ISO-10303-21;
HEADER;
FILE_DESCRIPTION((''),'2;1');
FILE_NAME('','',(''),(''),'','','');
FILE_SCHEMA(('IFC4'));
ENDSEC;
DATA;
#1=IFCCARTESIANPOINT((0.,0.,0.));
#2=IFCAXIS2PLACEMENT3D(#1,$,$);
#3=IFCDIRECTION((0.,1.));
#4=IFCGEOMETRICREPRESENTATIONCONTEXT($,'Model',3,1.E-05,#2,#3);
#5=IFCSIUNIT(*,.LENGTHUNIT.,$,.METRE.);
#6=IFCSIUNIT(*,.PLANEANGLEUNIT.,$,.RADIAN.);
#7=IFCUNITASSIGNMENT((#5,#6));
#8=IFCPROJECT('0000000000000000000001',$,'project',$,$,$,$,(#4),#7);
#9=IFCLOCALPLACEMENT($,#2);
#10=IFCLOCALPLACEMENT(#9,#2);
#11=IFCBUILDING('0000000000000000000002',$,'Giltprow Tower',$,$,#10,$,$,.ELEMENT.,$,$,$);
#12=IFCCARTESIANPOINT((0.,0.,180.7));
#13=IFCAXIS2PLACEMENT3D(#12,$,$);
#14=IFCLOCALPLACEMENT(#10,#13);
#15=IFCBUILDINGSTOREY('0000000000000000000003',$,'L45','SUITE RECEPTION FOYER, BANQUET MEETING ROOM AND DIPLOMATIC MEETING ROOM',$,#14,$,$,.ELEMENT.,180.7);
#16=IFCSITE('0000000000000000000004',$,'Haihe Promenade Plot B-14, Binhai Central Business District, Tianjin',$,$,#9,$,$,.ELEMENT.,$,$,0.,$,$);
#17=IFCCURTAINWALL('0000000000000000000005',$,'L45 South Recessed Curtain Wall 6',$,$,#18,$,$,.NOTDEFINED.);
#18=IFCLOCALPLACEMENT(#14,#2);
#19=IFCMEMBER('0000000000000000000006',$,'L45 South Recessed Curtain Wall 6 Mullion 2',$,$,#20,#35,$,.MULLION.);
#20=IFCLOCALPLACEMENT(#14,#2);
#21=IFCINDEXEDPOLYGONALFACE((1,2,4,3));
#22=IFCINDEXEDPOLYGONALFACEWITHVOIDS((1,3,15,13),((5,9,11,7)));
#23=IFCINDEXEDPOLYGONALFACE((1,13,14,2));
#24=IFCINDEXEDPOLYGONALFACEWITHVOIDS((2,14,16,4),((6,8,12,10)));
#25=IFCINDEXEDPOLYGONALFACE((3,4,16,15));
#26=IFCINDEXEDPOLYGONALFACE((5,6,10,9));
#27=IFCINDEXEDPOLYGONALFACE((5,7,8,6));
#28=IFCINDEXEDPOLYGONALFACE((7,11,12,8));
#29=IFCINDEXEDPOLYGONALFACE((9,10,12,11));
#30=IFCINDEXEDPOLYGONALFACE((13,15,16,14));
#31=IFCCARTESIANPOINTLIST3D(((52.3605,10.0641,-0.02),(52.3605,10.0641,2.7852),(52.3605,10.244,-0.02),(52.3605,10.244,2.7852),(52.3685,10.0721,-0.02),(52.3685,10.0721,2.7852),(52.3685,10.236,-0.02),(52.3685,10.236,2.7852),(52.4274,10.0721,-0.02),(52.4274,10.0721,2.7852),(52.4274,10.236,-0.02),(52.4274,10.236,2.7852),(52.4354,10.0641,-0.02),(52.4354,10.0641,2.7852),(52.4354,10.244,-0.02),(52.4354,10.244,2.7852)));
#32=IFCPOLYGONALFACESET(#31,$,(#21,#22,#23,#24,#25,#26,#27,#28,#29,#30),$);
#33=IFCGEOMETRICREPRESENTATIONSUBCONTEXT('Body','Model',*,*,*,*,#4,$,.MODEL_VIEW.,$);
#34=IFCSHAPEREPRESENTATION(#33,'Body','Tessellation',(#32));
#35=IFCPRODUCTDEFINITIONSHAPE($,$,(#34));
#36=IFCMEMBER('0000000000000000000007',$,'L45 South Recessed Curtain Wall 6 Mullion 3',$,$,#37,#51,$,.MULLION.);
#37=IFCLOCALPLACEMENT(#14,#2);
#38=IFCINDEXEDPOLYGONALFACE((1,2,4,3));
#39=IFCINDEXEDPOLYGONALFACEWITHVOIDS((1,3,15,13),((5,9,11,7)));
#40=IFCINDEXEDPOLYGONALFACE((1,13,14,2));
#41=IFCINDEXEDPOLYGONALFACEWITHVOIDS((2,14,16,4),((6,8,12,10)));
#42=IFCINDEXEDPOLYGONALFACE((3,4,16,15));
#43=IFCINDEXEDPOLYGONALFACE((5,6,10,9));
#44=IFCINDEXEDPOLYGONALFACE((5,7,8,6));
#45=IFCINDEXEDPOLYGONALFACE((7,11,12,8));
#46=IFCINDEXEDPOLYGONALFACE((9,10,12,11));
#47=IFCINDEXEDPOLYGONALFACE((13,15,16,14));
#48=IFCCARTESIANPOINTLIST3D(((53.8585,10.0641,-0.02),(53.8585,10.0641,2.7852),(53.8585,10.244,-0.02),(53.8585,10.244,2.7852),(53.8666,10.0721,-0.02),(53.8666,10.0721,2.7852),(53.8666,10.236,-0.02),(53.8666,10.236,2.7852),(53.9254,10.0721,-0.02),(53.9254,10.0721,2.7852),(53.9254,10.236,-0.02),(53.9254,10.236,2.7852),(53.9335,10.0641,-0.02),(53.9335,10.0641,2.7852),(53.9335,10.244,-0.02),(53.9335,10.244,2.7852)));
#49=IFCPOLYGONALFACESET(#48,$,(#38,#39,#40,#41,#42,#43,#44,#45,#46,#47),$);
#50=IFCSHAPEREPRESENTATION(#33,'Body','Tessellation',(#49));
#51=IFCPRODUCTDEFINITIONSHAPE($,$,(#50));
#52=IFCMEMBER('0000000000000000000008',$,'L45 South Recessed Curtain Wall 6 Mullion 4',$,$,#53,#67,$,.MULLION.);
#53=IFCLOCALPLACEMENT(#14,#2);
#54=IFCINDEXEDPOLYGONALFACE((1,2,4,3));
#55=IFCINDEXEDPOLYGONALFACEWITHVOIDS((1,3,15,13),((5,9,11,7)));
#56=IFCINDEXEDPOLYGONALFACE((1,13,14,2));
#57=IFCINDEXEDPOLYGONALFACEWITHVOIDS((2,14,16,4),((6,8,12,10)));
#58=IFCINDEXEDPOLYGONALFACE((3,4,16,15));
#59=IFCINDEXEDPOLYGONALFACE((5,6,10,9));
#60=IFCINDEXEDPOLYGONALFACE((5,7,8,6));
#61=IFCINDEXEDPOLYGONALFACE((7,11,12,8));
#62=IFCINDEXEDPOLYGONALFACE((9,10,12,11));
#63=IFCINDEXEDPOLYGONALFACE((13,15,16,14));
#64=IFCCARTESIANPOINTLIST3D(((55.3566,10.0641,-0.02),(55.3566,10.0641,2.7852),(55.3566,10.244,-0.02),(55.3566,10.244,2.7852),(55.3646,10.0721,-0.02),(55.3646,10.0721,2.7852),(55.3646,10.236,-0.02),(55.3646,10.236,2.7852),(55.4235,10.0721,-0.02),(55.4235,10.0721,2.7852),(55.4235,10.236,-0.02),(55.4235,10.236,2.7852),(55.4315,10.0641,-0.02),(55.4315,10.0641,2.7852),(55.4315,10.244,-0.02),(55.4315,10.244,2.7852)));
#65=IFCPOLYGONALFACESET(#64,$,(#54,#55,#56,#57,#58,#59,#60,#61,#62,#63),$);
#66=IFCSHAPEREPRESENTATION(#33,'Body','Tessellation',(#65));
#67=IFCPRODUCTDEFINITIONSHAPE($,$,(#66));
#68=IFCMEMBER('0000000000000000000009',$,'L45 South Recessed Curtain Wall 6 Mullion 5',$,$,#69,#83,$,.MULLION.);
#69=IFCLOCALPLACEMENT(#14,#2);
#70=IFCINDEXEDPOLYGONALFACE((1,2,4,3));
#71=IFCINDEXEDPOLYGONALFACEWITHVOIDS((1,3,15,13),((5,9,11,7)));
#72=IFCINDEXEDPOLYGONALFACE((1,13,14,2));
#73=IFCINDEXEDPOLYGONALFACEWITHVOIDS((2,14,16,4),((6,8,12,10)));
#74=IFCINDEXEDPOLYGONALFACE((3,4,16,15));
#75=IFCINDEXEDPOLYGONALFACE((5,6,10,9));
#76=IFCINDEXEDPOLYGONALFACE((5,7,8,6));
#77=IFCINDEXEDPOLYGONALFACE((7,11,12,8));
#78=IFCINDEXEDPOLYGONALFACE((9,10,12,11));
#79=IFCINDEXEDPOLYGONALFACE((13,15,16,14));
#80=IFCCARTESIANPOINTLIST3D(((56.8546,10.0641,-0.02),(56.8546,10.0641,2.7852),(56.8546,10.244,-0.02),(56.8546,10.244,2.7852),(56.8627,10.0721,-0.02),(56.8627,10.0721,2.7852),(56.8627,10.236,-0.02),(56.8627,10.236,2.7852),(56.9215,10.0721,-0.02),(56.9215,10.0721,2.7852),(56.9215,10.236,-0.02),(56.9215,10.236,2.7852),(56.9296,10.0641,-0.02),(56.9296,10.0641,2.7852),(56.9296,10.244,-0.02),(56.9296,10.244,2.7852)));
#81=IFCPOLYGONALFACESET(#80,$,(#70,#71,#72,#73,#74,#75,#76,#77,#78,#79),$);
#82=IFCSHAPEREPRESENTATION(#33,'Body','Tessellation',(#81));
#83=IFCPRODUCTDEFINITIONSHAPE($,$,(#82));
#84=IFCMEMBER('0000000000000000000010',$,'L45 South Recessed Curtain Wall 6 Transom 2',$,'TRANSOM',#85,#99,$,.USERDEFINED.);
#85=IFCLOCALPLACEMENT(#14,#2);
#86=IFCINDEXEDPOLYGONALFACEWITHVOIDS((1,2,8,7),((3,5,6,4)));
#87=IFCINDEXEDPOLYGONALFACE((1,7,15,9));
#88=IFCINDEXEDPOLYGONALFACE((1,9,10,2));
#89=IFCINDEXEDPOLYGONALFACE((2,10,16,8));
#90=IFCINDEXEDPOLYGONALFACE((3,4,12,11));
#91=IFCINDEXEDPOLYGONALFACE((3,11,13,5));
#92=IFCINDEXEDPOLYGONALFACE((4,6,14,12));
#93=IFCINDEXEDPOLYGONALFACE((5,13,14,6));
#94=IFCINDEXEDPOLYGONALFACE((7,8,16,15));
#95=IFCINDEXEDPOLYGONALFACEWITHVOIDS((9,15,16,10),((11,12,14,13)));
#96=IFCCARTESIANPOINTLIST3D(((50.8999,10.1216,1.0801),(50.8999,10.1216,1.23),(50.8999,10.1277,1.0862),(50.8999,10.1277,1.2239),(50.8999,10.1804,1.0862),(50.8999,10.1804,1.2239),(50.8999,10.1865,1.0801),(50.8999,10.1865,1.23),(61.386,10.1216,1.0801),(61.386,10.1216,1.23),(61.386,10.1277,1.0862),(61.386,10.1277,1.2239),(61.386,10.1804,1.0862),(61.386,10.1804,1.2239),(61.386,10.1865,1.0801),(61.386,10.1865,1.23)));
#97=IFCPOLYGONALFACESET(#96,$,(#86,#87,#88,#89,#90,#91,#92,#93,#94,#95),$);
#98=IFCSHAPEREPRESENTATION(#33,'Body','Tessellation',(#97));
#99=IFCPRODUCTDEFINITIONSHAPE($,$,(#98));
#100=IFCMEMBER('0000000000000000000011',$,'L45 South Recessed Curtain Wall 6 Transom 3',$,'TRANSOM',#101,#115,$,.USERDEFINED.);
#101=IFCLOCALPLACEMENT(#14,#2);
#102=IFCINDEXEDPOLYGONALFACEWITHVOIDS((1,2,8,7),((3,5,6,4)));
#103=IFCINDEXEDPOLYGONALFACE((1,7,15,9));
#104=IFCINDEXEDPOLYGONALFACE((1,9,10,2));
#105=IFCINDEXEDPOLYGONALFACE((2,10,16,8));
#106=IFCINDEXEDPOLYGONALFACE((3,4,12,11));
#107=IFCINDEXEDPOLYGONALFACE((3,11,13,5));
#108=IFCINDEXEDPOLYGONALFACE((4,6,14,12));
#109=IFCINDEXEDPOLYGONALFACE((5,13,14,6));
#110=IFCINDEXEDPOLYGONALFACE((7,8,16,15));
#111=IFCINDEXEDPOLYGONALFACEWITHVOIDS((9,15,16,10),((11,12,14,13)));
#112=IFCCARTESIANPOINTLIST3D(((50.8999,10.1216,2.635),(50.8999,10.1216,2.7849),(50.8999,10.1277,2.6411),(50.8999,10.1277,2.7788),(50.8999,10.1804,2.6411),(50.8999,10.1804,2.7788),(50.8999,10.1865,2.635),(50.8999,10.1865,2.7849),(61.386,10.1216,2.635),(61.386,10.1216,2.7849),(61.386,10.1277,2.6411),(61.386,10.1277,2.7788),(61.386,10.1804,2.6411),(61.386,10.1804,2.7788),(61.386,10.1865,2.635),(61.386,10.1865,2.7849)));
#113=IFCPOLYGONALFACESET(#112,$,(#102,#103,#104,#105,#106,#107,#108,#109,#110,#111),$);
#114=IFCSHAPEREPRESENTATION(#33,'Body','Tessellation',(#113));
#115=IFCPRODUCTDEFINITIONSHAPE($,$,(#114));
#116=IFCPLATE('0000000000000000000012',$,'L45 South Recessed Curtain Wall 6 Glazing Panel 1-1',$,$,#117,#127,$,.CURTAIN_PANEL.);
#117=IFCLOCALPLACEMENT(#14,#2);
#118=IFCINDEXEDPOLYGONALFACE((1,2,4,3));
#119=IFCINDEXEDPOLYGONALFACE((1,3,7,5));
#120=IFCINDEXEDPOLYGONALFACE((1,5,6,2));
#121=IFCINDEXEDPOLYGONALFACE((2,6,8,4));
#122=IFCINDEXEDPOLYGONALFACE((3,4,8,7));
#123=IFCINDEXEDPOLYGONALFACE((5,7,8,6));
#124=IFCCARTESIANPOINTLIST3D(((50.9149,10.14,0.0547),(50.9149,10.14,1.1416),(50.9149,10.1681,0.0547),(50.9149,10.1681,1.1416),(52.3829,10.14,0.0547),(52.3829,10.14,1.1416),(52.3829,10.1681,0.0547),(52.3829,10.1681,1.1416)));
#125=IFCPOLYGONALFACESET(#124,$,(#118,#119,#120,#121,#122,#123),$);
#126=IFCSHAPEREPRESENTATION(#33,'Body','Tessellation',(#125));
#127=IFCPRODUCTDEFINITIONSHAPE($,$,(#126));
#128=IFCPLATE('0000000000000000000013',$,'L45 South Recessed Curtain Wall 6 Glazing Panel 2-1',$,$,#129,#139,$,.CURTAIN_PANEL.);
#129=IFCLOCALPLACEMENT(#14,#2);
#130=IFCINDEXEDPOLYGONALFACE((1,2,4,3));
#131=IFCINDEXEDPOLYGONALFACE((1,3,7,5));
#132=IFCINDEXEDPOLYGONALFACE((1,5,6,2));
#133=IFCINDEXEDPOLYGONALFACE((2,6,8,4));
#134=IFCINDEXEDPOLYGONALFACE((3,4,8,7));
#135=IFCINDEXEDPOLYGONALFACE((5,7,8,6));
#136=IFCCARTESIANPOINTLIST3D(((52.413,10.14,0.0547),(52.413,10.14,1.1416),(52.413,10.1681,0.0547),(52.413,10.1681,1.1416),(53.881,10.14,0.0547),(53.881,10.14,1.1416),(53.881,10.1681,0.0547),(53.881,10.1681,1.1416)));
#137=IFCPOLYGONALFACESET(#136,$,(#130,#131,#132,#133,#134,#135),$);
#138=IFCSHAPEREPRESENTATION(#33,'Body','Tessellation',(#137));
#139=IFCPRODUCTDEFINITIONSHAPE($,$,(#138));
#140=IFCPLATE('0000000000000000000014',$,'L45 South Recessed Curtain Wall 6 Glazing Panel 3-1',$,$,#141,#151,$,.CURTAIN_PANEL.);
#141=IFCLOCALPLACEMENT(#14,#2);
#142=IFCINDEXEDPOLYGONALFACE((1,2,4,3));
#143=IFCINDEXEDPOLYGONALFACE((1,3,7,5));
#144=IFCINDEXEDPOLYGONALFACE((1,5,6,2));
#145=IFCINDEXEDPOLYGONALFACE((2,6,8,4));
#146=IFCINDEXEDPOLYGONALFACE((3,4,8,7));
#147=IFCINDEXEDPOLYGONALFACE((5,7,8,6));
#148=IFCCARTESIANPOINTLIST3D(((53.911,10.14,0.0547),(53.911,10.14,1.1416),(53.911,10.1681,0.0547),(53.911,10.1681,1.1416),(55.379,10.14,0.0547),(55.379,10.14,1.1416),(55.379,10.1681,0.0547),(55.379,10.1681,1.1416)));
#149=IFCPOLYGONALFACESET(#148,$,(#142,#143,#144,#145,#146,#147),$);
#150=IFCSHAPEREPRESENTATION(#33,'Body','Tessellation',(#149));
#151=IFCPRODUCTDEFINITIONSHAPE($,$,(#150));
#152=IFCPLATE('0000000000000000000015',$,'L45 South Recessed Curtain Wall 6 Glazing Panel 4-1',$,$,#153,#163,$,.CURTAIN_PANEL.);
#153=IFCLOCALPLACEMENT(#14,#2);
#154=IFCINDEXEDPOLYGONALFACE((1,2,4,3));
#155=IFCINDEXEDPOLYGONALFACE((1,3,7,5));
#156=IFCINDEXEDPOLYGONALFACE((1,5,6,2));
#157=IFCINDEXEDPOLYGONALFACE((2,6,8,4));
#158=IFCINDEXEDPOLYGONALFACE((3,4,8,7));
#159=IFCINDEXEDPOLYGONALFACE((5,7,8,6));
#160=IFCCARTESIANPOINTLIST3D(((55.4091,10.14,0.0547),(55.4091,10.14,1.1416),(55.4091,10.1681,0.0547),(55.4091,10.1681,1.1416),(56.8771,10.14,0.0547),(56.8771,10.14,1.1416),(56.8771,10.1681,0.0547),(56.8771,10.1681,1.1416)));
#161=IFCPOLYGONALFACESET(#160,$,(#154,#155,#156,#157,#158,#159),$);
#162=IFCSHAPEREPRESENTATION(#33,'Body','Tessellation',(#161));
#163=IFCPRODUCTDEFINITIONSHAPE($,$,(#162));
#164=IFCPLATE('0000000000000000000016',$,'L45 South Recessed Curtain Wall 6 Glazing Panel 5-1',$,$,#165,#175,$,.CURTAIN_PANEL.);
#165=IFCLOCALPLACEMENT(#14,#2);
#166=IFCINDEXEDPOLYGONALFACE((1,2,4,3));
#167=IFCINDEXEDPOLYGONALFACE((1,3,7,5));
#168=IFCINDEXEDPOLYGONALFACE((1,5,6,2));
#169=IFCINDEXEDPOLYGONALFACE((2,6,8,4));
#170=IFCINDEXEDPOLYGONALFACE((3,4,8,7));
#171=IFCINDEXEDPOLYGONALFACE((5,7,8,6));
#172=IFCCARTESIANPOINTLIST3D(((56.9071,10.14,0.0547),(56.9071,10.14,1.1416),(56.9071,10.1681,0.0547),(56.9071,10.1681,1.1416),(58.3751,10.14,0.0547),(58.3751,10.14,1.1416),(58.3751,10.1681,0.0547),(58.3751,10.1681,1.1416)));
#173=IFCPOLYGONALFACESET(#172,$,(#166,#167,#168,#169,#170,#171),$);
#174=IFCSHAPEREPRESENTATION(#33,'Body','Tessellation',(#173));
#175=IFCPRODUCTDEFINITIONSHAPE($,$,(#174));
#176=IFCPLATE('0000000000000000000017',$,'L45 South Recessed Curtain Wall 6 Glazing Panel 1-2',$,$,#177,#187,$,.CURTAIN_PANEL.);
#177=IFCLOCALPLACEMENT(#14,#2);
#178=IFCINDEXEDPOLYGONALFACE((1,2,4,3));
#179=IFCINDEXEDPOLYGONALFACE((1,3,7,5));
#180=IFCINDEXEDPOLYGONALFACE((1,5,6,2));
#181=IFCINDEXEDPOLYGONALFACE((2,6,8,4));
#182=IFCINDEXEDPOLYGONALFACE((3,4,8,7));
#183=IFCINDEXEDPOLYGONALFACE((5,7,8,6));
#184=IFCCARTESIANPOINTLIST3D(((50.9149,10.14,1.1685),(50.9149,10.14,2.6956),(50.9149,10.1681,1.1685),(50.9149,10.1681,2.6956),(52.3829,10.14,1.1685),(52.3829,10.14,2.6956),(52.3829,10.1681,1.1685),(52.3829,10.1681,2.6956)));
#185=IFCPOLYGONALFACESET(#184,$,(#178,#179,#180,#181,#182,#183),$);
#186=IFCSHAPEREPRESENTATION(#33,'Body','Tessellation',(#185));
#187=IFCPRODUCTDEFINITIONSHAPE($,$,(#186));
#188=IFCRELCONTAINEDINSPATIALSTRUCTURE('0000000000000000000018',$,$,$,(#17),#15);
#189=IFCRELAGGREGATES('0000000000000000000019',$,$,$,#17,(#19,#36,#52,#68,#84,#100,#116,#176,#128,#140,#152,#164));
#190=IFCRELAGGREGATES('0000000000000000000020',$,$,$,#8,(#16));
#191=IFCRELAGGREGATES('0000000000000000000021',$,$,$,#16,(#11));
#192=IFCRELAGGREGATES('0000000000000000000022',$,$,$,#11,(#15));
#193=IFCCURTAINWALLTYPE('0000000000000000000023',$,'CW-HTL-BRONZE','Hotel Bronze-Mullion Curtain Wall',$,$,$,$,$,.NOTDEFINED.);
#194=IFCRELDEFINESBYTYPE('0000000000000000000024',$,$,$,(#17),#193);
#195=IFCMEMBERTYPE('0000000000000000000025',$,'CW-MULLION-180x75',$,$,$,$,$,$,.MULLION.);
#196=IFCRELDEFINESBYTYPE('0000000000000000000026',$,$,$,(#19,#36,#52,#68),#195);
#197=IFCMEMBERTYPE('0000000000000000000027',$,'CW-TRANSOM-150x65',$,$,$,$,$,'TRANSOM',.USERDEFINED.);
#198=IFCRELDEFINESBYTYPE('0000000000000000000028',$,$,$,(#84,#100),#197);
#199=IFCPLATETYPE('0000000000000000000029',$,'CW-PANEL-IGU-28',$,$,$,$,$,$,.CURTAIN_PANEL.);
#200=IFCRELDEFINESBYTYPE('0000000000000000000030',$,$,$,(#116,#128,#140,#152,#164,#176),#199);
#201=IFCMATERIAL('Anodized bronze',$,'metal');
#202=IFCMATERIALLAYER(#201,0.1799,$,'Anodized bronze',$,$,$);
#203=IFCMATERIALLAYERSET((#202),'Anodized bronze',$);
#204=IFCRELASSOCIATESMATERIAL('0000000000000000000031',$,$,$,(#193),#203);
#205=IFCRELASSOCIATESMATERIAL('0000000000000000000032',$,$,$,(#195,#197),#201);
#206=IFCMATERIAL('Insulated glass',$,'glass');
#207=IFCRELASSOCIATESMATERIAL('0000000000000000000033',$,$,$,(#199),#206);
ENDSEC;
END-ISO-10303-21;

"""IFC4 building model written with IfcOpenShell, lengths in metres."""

from ifc_helpers import new_model, si_unit, direction, frame, origin, origin_2d, place, context, subcontext, project, spatial, rectangle, hollow_rectangle, extrude, source, transform, mapped, material, layer, layer_set, material_profile, profile_set, type_object, element, aggregate, save


model = new_model("IFC4")

# Units and contexts
model_context = context("Model", 3, precision=1e-05, world=origin(), true_north=direction((0.0, 1.0)))
body_context = subcontext(model_context, "Body", "Model", "MODEL_VIEW")
ifc_project = project(units=[si_unit("LENGTHUNIT", "METRE"), si_unit("PLANEANGLEUNIT", "RADIAN")], contexts=[model_context])

# Site, building, storey
site_placement = place(None, origin())
site = spatial("IfcSite", under=ifc_project, at=site_placement, Name="Haihe Promenade Plot B-14, Binhai Central Business District, Tianjin", CompositionType="ELEMENT", RefElevation=0.0)
building_placement = place(site_placement, origin())
building = spatial("IfcBuilding", under=site, at=building_placement, Name="Giltprow Tower", CompositionType="ELEMENT")
storey_placement = place(building_placement, frame((0.0, 0.0, 180.7)))
storey = spatial("IfcBuildingStorey", under=building, at=storey_placement, Name="L45", Description="SUITE RECEPTION FOYER, BANQUET MEETING ROOM AND DIPLOMATIC MEETING ROOM", CompositionType="ELEMENT", Elevation=180.7)

# Curtain wall, members, plates
ifc_material_1 = material(Name="Anodized bronze", Category="metal")
ifc_layer = layer(ifc_material_1, 0.1799, Name="Anodized bronze")
ifc_layer_set = layer_set([ifc_layer], Name="Anodized bronze")
curtain_wall_type = type_object("IfcCurtainWallType", Name="CW-HTL-BRONZE", Description="Hotel Bronze-Mullion Curtain Wall", PredefinedType="NOTDEFINED", material=ifc_layer_set)
curtain_wall_placement = place(storey_placement, origin())
curtain_wall = element("IfcCurtainWall", 1, at=curtain_wall_placement, inside=storey, type_object=curtain_wall_type, Name="L45 South Recessed Curtain Wall 6", PredefinedType="NOTDEFINED")
ifc_material_profile_1 = material_profile(ifc_material_1, hollow_rectangle(XDim=0.075, YDim=0.1799, WallThickness=0.0081, at=origin_2d()), Name="RHS 180x75x8")
ifc_profile_set_1 = profile_set([ifc_material_profile_1], Name="Anodized bronze")
member_type_1 = type_object("IfcMemberType", Name="CW-MULLION-180x75", PredefinedType="MULLION", material=ifc_profile_set_1)
shared_shape_1 = source(origin(), body_context, "Body", "SweptSolid", [
    extrude(hollow_rectangle(XDim=0.075, YDim=0.1799, WallThickness=0.0081, at=origin_2d()), origin(), (0.0, 0.0, 1.0), 2.8052),
])
member_1_placement = place(storey_placement, frame((52.3979, 10.1541, -0.02), z_axis=(0.0, 0.0, 1.0), x_axis=(1.0, 0.0, 0.0)))
member_1 = element("IfcMember", 2, at=member_1_placement, type_object=member_type_1, Name="L45 South Recessed Curtain Wall 6 Mullion 2", PredefinedType="MULLION", context=body_context, shape_type="MappedRepresentation", body=[
    mapped(shared_shape_1, transform((0.0, 0.0, 0.0), x_axis=(1.0, 0.0, 0.0), y_axis=(0.0, 1.0, 0.0), z_axis=(0.0, 0.0, 1.0), scale=1.0)),
])
member_2_placement = place(storey_placement, frame((53.896, 10.1541, -0.02), z_axis=(0.0, 0.0, 1.0), x_axis=(1.0, 0.0, 0.0)))
member_2 = element("IfcMember", 3, at=member_2_placement, type_object=member_type_1, Name="L45 South Recessed Curtain Wall 6 Mullion 3", PredefinedType="MULLION", context=body_context, shape_type="MappedRepresentation", body=[
    mapped(shared_shape_1, transform((0.0, 0.0, 0.0), x_axis=(1.0, 0.0, 0.0), y_axis=(0.0, 1.0, 0.0), z_axis=(0.0, 0.0, 1.0), scale=1.0)),
])
member_3_placement = place(storey_placement, frame((55.394, 10.1541, -0.02), z_axis=(0.0, 0.0, 1.0), x_axis=(1.0, 0.0, 0.0)))
member_3 = element("IfcMember", 4, at=member_3_placement, type_object=member_type_1, Name="L45 South Recessed Curtain Wall 6 Mullion 4", PredefinedType="MULLION", context=body_context, shape_type="MappedRepresentation", body=[
    mapped(shared_shape_1, transform((0.0, 0.0, 0.0), x_axis=(1.0, 0.0, 0.0), y_axis=(0.0, 1.0, 0.0), z_axis=(0.0, 0.0, 1.0), scale=1.0)),
])
member_4_placement = place(storey_placement, frame((56.8921, 10.1541, -0.02), z_axis=(0.0, 0.0, 1.0), x_axis=(1.0, 0.0, 0.0)))
member_4 = element("IfcMember", 5, at=member_4_placement, type_object=member_type_1, Name="L45 South Recessed Curtain Wall 6 Mullion 5", PredefinedType="MULLION", context=body_context, shape_type="MappedRepresentation", body=[
    mapped(shared_shape_1, transform((0.0, 0.0, 0.0), x_axis=(1.0, 0.0, 0.0), y_axis=(0.0, 1.0, 0.0), z_axis=(0.0, 0.0, 1.0), scale=1.0)),
])
ifc_material_profile_2 = material_profile(ifc_material_1, hollow_rectangle(XDim=0.0649, YDim=0.1499, WallThickness=0.0061, at=origin_2d()), Name="RHS 150x65x6")
ifc_profile_set_2 = profile_set([ifc_material_profile_2], Name="Anodized bronze")
member_type_2 = type_object("IfcMemberType", Name="CW-TRANSOM-150x65", ElementType="TRANSOM", PredefinedType="USERDEFINED", material=ifc_profile_set_2)
shared_shape_2 = source(origin(), body_context, "Body", "SweptSolid", [
    extrude(hollow_rectangle(XDim=0.0649, YDim=0.1499, WallThickness=0.0061, at=origin_2d()), origin(), (0.0, 0.0, 1.0), 10.4861),
])
member_5_placement = place(storey_placement, frame((50.8999, 10.1541, 1.155), z_axis=(1.0, 0.0, 0.0), x_axis=(0.0, 1.0, 0.0)))
member_5 = element("IfcMember", 6, at=member_5_placement, type_object=member_type_2, Name="L45 South Recessed Curtain Wall 6 Transom 2", ObjectType="TRANSOM", PredefinedType="USERDEFINED", context=body_context, shape_type="MappedRepresentation", body=[
    mapped(shared_shape_2, transform((0.0, 0.0, 0.0), x_axis=(1.0, 0.0, 0.0), y_axis=(0.0, 1.0, 0.0), z_axis=(0.0, 0.0, 1.0), scale=1.0)),
])
member_6_placement = place(storey_placement, frame((50.8999, 10.1541, 2.71), z_axis=(1.0, 0.0, 0.0), x_axis=(0.0, 1.0, 0.0)))
member_6 = element("IfcMember", 7, at=member_6_placement, type_object=member_type_2, Name="L45 South Recessed Curtain Wall 6 Transom 3", ObjectType="TRANSOM", PredefinedType="USERDEFINED", context=body_context, shape_type="MappedRepresentation", body=[
    mapped(shared_shape_2, transform((0.0, 0.0, 0.0), x_axis=(1.0, 0.0, 0.0), y_axis=(0.0, 1.0, 0.0), z_axis=(0.0, 0.0, 1.0), scale=1.0)),
])
ifc_material_2 = material(Name="Insulated glass", Category="glass")
plate_type = type_object("IfcPlateType", Name="CW-PANEL-IGU-28", PredefinedType="CURTAIN_PANEL", material=ifc_material_2)
shared_shape_3 = source(origin(), body_context, "Body", "SweptSolid", [
    extrude(rectangle(XDim=1.468, YDim=0.0281, at=origin_2d()), origin(), (0.0, 0.0, 1.0), 1.0869),
])
plate_1_placement = place(storey_placement, frame((51.6489, 10.1541, 0.0547), z_axis=(0.0, 0.0, 1.0), x_axis=(1.0, 0.0, 0.0)))
plate_1 = element("IfcPlate", 8, at=plate_1_placement, type_object=plate_type, Name="L45 South Recessed Curtain Wall 6 Glazing Panel 1-1", PredefinedType="CURTAIN_PANEL", context=body_context, shape_type="MappedRepresentation", body=[
    mapped(shared_shape_3, transform((0.0, 0.0, 0.0), x_axis=(1.0, 0.0, 0.0), y_axis=(0.0, 1.0, 0.0), z_axis=(0.0, 0.0, 1.0), scale=1.0)),
])
plate_2_placement = place(storey_placement, frame((53.147, 10.1541, 0.0547), z_axis=(0.0, 0.0, 1.0), x_axis=(1.0, 0.0, 0.0)))
plate_2 = element("IfcPlate", 9, at=plate_2_placement, type_object=plate_type, Name="L45 South Recessed Curtain Wall 6 Glazing Panel 2-1", PredefinedType="CURTAIN_PANEL", context=body_context, shape_type="MappedRepresentation", body=[
    mapped(shared_shape_3, transform((0.0, 0.0, 0.0), x_axis=(1.0, 0.0, 0.0), y_axis=(0.0, 1.0, 0.0), z_axis=(0.0, 0.0, 1.0), scale=1.0)),
])
plate_3_placement = place(storey_placement, frame((54.645, 10.1541, 0.0547), z_axis=(0.0, 0.0, 1.0), x_axis=(1.0, 0.0, 0.0)))
plate_3 = element("IfcPlate", 10, at=plate_3_placement, type_object=plate_type, Name="L45 South Recessed Curtain Wall 6 Glazing Panel 3-1", PredefinedType="CURTAIN_PANEL", context=body_context, shape_type="MappedRepresentation", body=[
    mapped(shared_shape_3, transform((0.0, 0.0, 0.0), x_axis=(1.0, 0.0, 0.0), y_axis=(0.0, 1.0, 0.0), z_axis=(0.0, 0.0, 1.0), scale=1.0)),
])
plate_4_placement = place(storey_placement, frame((56.1431, 10.1541, 0.0547), z_axis=(0.0, 0.0, 1.0), x_axis=(1.0, 0.0, 0.0)))
plate_4 = element("IfcPlate", 11, at=plate_4_placement, type_object=plate_type, Name="L45 South Recessed Curtain Wall 6 Glazing Panel 4-1", PredefinedType="CURTAIN_PANEL", context=body_context, shape_type="MappedRepresentation", body=[
    mapped(shared_shape_3, transform((0.0, 0.0, 0.0), x_axis=(1.0, 0.0, 0.0), y_axis=(0.0, 1.0, 0.0), z_axis=(0.0, 0.0, 1.0), scale=1.0)),
])
plate_5_placement = place(storey_placement, frame((57.6411, 10.1541, 0.0547), z_axis=(0.0, 0.0, 1.0), x_axis=(1.0, 0.0, 0.0)))
plate_5 = element("IfcPlate", 12, at=plate_5_placement, type_object=plate_type, Name="L45 South Recessed Curtain Wall 6 Glazing Panel 5-1", PredefinedType="CURTAIN_PANEL", context=body_context, shape_type="MappedRepresentation", body=[
    mapped(shared_shape_3, transform((0.0, 0.0, 0.0), x_axis=(1.0, 0.0, 0.0), y_axis=(0.0, 1.0, 0.0), z_axis=(0.0, 0.0, 1.0), scale=1.0)),
])
shared_shape_4 = source(origin(), body_context, "Body", "SweptSolid", [
    extrude(rectangle(XDim=1.468, YDim=0.0281, at=origin_2d()), origin(), (0.0, 0.0, 1.0), 1.5271),
])
plate_6_placement = place(storey_placement, frame((51.6489, 10.1541, 1.1685), z_axis=(0.0, 0.0, 1.0), x_axis=(1.0, 0.0, 0.0)))
plate_6 = element("IfcPlate", 13, at=plate_6_placement, type_object=plate_type, Name="L45 South Recessed Curtain Wall 6 Glazing Panel 1-2", PredefinedType="CURTAIN_PANEL", context=body_context, shape_type="MappedRepresentation", body=[
    mapped(shared_shape_4, transform((0.0, 0.0, 0.0), x_axis=(1.0, 0.0, 0.0), y_axis=(0.0, 1.0, 0.0), z_axis=(0.0, 0.0, 1.0), scale=1.0)),
])
aggregate(curtain_wall, [member_1, member_2, member_3, member_4, member_5, member_6, plate_1, plate_6, plate_2, plate_3, plate_4, plate_5])

save(model, "model.ifc")
